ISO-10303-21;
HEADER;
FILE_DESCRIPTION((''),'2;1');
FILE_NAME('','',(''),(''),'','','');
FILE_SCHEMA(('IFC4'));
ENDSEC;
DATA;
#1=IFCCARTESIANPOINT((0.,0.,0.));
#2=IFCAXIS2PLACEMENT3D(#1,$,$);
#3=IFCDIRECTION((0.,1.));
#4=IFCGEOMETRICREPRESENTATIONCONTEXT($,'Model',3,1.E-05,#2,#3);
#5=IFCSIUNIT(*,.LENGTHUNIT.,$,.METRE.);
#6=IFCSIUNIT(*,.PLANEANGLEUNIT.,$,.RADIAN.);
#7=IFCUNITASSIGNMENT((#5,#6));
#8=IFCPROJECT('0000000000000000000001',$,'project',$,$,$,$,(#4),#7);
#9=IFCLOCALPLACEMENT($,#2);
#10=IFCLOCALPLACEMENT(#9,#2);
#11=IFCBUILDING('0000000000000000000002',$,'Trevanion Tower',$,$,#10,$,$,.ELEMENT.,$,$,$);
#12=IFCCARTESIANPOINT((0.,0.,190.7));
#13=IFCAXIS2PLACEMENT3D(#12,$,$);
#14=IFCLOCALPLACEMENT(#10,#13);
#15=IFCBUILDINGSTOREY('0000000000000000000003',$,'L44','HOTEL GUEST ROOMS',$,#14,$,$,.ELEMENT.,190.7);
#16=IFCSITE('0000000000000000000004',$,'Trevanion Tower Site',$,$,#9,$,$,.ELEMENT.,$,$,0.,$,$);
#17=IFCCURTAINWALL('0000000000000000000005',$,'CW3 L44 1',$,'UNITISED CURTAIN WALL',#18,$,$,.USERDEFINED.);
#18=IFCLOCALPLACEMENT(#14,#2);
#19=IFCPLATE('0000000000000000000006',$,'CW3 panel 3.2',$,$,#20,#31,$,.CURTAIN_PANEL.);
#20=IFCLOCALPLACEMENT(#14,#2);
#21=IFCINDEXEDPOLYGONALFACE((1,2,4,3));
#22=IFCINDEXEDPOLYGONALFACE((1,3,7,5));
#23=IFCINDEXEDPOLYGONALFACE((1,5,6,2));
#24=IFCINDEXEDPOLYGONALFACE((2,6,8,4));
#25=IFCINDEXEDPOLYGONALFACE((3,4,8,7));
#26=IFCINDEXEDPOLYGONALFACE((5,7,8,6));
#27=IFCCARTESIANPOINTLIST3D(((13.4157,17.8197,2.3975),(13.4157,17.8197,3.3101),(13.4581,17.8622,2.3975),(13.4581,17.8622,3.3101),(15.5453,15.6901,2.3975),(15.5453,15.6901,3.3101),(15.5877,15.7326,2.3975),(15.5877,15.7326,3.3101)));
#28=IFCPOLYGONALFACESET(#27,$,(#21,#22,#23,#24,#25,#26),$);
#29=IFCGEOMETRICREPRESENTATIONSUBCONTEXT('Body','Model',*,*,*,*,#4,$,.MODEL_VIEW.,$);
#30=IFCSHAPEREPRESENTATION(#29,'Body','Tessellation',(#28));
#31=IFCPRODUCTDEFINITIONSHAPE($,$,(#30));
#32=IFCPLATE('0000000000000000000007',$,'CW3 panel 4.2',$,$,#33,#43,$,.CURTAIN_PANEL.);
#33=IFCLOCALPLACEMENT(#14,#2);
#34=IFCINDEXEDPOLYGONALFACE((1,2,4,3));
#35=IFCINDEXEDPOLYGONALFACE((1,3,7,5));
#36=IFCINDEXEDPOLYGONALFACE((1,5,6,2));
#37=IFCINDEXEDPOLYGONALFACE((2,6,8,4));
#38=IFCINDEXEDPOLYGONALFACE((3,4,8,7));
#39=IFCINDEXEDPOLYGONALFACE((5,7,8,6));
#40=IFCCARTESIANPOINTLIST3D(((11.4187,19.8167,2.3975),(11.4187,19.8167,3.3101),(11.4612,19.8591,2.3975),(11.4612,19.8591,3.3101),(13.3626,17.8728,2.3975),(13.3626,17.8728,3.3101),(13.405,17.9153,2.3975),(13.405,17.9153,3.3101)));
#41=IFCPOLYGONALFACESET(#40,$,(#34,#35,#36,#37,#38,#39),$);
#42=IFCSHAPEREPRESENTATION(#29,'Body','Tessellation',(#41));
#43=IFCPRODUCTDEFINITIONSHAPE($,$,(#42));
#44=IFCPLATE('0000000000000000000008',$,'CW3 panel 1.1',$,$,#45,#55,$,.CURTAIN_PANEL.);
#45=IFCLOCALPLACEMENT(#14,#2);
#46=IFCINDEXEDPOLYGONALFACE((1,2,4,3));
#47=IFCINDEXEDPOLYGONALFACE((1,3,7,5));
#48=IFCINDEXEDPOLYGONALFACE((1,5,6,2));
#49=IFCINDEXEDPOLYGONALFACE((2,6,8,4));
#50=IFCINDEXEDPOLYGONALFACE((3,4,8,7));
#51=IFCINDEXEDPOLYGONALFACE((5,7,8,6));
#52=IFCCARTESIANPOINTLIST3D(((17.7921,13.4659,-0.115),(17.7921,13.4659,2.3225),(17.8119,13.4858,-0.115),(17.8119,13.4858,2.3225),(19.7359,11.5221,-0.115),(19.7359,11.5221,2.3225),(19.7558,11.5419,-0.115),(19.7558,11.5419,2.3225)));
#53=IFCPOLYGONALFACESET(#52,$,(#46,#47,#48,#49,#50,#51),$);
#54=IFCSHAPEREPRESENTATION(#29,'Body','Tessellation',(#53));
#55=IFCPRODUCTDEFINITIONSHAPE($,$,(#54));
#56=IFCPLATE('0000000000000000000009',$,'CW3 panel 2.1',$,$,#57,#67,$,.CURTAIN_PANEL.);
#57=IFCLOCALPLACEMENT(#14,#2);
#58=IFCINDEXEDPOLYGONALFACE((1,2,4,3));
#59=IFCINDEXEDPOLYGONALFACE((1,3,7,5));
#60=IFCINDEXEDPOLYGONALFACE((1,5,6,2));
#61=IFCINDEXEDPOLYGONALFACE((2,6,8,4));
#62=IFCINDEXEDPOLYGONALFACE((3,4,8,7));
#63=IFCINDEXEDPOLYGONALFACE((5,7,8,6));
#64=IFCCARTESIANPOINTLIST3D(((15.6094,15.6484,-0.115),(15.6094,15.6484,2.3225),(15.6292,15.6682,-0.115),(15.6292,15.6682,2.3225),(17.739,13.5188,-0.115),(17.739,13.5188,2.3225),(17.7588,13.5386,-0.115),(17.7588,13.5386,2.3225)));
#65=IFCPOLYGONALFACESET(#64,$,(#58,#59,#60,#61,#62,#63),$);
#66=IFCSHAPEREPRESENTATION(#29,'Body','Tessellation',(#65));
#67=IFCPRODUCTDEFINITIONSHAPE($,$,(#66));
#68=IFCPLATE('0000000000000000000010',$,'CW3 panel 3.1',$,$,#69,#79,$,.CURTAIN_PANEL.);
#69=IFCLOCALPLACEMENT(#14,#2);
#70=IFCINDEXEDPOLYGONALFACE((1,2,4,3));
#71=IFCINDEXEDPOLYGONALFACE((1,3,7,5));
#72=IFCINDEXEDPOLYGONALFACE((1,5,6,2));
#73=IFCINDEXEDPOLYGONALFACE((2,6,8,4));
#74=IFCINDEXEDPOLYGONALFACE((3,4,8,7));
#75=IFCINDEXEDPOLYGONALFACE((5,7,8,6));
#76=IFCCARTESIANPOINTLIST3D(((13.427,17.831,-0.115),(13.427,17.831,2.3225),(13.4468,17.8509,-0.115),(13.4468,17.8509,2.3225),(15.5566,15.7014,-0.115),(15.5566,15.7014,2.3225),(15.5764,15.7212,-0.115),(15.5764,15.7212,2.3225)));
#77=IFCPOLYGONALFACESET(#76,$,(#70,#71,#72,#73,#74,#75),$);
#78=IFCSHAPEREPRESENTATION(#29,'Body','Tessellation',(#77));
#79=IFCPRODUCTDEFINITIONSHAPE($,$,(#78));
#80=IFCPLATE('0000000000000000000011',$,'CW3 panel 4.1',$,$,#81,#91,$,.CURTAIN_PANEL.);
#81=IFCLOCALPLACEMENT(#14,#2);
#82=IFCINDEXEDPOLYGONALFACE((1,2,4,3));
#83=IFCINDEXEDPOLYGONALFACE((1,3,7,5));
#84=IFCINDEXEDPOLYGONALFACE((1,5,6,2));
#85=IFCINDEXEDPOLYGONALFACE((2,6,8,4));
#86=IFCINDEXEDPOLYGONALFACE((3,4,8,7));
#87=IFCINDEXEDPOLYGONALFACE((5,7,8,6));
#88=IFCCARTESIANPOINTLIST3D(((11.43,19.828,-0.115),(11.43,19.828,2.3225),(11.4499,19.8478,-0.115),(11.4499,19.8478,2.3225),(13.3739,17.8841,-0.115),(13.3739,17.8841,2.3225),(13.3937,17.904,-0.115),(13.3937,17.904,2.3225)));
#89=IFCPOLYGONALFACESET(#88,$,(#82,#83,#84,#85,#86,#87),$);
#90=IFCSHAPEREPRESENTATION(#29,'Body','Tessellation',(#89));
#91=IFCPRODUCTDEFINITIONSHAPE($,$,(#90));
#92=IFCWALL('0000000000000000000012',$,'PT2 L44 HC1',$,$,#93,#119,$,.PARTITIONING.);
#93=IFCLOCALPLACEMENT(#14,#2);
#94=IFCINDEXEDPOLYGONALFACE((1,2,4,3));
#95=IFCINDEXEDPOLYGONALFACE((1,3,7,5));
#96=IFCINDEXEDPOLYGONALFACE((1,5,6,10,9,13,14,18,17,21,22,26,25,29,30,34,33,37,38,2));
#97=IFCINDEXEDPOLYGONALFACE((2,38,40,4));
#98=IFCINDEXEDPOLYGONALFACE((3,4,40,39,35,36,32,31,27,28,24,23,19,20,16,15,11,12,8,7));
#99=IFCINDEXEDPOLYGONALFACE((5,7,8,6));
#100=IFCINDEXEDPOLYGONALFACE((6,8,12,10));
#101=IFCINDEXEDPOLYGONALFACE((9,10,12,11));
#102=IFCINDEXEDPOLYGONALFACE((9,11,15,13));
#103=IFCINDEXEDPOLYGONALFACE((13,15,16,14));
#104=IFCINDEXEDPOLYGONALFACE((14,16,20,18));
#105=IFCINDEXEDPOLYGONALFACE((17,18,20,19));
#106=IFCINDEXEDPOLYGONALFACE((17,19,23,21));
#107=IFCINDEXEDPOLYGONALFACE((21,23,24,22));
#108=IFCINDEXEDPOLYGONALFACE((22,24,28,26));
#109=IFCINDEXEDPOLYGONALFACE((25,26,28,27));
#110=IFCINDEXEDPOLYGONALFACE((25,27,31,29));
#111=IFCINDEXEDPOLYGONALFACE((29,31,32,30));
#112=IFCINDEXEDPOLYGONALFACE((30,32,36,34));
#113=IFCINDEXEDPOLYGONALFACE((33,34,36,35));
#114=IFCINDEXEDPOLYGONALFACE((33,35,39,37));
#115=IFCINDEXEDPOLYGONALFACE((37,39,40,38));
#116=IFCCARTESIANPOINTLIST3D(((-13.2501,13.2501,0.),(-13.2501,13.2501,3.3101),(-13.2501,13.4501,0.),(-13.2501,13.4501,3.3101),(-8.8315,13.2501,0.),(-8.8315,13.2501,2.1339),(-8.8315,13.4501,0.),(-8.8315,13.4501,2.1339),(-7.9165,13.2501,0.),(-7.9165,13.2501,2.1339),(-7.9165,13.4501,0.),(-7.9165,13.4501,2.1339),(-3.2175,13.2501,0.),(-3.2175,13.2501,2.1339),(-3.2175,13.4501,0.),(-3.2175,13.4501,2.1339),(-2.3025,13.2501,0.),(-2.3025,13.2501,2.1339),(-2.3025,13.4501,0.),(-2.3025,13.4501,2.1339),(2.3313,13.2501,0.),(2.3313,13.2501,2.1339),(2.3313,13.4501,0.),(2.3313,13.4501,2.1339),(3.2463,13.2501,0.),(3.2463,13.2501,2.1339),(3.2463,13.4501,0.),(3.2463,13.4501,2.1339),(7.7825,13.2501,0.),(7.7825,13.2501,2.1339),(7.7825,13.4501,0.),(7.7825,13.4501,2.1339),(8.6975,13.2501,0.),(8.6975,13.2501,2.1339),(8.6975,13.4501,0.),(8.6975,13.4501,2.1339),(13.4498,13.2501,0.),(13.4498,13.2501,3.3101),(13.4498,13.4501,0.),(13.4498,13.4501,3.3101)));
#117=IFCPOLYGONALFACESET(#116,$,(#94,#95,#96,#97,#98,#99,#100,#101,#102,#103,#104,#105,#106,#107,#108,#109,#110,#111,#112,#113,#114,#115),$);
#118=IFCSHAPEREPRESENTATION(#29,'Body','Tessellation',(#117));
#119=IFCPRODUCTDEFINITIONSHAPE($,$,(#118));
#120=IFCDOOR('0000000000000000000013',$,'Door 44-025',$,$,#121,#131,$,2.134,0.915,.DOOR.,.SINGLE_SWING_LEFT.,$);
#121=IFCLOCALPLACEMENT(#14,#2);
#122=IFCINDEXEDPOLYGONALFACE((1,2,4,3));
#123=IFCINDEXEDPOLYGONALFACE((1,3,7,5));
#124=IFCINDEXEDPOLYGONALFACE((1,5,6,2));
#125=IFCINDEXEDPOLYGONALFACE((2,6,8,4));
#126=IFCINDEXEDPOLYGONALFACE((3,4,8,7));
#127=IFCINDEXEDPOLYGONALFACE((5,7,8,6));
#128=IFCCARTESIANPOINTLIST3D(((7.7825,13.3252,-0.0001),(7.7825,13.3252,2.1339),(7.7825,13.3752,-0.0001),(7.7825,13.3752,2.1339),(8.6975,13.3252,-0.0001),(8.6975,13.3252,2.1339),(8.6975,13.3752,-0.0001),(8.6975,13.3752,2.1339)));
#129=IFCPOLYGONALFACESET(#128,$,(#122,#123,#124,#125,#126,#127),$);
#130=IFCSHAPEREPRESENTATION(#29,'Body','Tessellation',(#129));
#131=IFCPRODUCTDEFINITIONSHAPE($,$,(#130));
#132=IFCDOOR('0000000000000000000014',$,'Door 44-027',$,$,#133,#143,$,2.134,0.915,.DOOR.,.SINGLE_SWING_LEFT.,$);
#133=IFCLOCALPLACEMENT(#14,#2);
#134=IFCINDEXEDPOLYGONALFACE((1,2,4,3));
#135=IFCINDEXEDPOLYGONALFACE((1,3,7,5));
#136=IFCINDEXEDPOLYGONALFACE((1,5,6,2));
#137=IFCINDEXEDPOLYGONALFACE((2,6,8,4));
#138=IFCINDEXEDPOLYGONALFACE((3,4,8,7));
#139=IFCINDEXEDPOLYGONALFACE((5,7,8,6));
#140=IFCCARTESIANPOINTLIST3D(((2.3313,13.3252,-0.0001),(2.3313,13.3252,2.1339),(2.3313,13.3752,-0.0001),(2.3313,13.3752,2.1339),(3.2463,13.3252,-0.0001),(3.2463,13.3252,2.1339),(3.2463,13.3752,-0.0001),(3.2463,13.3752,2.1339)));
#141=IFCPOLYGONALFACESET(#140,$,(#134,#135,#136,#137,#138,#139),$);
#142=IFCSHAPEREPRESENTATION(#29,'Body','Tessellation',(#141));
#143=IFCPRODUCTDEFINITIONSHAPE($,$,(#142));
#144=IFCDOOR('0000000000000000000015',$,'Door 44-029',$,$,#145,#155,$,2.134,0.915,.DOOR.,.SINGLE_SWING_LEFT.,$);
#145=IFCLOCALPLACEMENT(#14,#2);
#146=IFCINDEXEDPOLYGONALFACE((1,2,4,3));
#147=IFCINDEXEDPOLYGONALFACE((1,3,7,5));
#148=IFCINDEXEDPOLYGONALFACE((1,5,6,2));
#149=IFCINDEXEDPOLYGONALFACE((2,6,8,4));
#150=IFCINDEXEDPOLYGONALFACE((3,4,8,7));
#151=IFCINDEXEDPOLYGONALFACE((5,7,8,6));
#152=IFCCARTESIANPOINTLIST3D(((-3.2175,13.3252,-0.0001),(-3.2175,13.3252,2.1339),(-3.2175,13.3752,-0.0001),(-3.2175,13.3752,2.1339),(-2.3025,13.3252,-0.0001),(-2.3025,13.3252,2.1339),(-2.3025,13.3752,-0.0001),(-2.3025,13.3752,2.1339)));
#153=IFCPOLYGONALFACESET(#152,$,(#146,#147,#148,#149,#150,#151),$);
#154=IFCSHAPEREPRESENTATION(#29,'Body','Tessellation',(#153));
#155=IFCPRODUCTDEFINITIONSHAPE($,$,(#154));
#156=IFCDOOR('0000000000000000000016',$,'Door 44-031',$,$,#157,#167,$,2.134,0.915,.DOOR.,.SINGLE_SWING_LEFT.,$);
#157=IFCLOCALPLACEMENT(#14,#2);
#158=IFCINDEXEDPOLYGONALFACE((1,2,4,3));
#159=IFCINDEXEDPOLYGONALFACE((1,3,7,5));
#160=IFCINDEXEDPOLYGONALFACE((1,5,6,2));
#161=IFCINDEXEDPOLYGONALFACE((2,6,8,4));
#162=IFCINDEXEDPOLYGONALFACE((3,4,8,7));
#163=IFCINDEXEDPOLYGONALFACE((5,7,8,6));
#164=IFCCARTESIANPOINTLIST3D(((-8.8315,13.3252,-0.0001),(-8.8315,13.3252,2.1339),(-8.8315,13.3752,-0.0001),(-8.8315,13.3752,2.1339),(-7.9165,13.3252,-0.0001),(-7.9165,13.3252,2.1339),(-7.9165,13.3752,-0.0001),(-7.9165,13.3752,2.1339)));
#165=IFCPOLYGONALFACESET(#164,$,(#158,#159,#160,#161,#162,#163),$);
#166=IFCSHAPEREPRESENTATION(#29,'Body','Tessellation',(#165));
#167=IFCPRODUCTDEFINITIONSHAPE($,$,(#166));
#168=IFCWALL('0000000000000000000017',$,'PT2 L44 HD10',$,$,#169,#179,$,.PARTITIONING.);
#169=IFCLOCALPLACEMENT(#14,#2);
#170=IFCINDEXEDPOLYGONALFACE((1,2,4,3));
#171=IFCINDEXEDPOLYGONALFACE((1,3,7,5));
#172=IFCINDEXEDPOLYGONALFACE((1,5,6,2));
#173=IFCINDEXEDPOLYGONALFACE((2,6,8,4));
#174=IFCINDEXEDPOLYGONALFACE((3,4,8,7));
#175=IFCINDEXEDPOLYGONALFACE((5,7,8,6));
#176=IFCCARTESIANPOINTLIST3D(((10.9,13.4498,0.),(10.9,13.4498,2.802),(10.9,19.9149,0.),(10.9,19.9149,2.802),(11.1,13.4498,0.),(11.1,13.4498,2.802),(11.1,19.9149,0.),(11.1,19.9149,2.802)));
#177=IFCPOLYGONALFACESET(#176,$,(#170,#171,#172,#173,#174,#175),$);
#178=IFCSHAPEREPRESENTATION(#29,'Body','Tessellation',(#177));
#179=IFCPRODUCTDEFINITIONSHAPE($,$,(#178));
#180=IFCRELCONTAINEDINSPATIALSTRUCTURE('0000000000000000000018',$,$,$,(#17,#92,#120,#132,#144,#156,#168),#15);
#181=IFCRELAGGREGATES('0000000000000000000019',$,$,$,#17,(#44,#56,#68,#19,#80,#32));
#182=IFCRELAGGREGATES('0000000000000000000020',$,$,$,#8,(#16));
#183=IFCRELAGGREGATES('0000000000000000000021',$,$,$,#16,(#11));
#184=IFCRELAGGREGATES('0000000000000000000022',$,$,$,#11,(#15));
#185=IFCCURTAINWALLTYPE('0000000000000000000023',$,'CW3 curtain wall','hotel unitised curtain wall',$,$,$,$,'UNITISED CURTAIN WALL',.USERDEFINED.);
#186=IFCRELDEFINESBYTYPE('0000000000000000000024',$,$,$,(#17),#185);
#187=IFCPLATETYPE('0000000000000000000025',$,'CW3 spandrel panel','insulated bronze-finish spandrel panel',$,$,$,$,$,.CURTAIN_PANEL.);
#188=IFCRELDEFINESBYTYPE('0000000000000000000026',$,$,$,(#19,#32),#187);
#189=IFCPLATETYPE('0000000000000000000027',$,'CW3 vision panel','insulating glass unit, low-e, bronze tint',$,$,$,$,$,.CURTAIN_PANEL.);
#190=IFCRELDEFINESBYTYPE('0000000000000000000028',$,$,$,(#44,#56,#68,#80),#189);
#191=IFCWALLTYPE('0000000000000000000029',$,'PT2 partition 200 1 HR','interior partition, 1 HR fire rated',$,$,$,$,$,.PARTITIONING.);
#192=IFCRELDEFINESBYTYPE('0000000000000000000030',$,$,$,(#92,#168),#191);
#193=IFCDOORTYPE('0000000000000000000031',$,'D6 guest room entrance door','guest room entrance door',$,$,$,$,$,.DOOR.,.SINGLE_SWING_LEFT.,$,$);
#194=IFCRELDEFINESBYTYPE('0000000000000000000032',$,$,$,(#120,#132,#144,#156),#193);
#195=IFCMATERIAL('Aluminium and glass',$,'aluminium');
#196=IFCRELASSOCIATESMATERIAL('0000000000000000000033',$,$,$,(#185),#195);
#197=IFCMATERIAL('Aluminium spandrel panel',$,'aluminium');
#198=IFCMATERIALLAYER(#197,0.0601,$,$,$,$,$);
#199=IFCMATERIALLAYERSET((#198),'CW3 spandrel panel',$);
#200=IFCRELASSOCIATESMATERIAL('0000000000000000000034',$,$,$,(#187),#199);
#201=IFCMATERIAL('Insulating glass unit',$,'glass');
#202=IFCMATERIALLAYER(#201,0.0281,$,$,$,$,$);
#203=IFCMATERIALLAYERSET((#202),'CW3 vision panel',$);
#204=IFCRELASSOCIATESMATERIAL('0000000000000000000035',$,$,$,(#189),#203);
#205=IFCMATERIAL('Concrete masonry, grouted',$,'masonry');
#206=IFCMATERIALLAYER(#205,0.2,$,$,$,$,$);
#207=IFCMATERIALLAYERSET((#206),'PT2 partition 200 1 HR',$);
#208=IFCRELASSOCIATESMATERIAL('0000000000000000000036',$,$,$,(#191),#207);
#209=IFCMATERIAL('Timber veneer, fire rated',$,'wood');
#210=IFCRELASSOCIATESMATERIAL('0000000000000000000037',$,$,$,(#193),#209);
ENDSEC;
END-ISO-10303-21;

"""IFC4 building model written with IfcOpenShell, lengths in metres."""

from ifc_helpers import new_model, si_unit, direction, frame, frame_2d, origin, origin_2d, place, context, subcontext, project, spatial, rectangle, extrude, material, layer, layer_set, type_object, element, fill, aggregate, save


model = new_model("IFC4")

# Units and contexts
model_context = context("Model", 3, precision=1e-05, world=origin(), true_north=direction((0.0, 1.0)))
body_context = subcontext(model_context, "Body", "Model", "MODEL_VIEW")
ifc_project = project(units=[si_unit("LENGTHUNIT", "METRE"), si_unit("PLANEANGLEUNIT", "RADIAN")], contexts=[model_context])

# Site, building, storey
site_placement = place(None, origin())
site = spatial("IfcSite", under=ifc_project, at=site_placement, Name="Trevanion Tower Site", CompositionType="ELEMENT", RefElevation=0.0)
building_placement = place(site_placement, origin())
building = spatial("IfcBuilding", under=site, at=building_placement, Name="Trevanion Tower", CompositionType="ELEMENT")
storey_placement = place(building_placement, frame((0.0, 0.0, 190.7)))
storey = spatial("IfcBuildingStorey", under=building, at=storey_placement, Name="L44", Description="HOTEL GUEST ROOMS", CompositionType="ELEMENT", Elevation=190.7)

# Curtain wall
ifc_material_1 = material(Name="Aluminium and glass", Category="aluminium")
curtain_wall_type = type_object("IfcCurtainWallType", Name="CW3 curtain wall", Description="hotel unitised curtain wall", ElementType="UNITISED CURTAIN WALL", PredefinedType="USERDEFINED", material=ifc_material_1)
curtain_wall_1_placement = place(storey_placement, origin())
curtain_wall_1 = element("IfcCurtainWall", 1, at=curtain_wall_1_placement, inside=storey, type_object=curtain_wall_type, Name="CW3 L44 1", ObjectType="UNITISED CURTAIN WALL", PredefinedType="USERDEFINED")

# Plates
ifc_material_2 = material(Name="Aluminium spandrel panel", Category="aluminium")
ifc_layer_1 = layer(ifc_material_2, 0.0601)
ifc_layer_set_1 = layer_set([ifc_layer_1], Name="CW3 spandrel panel")
plate_type_1 = type_object("IfcPlateType", Name="CW3 spandrel panel", Description="insulated bronze-finish spandrel panel", PredefinedType="CURTAIN_PANEL", material=ifc_layer_set_1)
plate_1_placement = place(storey_placement, frame((14.5017, 16.7761, 2.3975), z_axis=(0.0, 0.0, 1.0), x_axis=(-0.707107, 0.707107, 0.0)))
plate_1 = element("IfcPlate", 2, at=plate_1_placement, type_object=plate_type_1, Name="CW3 panel 3.2", PredefinedType="CURTAIN_PANEL", context=body_context, shape_type="SweptSolid", body=[
    extrude(rectangle(XDim=3.0117, YDim=0.0601, at=origin_2d()), origin(), (0.0, 0.0, 1.0), 0.9126),
])
plate_2_placement = place(storey_placement, frame((12.4119, 18.866, 2.3975), z_axis=(0.0, 0.0, 1.0), x_axis=(-0.707107, 0.707107, 0.0)))
plate_2 = element("IfcPlate", 3, at=plate_2_placement, type_object=plate_type_1, Name="CW3 panel 4.2", PredefinedType="CURTAIN_PANEL", context=body_context, shape_type="SweptSolid", body=[
    extrude(rectangle(XDim=2.749, YDim=0.0601, at=origin_2d()), origin(), (0.0, 0.0, 1.0), 0.9126),
])
ifc_material_3 = material(Name="Insulating glass unit", Category="glass")
ifc_layer_2 = layer(ifc_material_3, 0.0281)
ifc_layer_set_2 = layer_set([ifc_layer_2], Name="CW3 vision panel")
plate_type_2 = type_object("IfcPlateType", Name="CW3 vision panel", Description="insulating glass unit, low-e, bronze tint", PredefinedType="CURTAIN_PANEL", material=ifc_layer_set_2)
plate_3_placement = place(storey_placement, frame((18.7739, 12.5039, -0.115), z_axis=(0.0, 0.0, 1.0), x_axis=(-0.707107, 0.707107, 0.0)))
plate_3 = element("IfcPlate", 4, at=plate_3_placement, type_object=plate_type_2, Name="CW3 panel 1.1", PredefinedType="CURTAIN_PANEL", context=body_context, shape_type="SweptSolid", body=[
    extrude(rectangle(XDim=2.749, YDim=0.0281, at=origin_2d()), origin(), (0.0, 0.0, 1.0), 2.4375),
])
plate_4_placement = place(storey_placement, frame((16.6841, 14.5935, -0.115), z_axis=(0.0, 0.0, 1.0), x_axis=(-0.707107, 0.707107, 0.0)))
plate_4 = element("IfcPlate", 5, at=plate_4_placement, type_object=plate_type_2, Name="CW3 panel 2.1", PredefinedType="CURTAIN_PANEL", context=body_context, shape_type="SweptSolid", body=[
    extrude(rectangle(XDim=3.0117, YDim=0.0281, at=origin_2d()), origin(), (0.0, 0.0, 1.0), 2.4375),
])
plate_5_placement = place(storey_placement, frame((14.5017, 16.7761, -0.115), z_axis=(0.0, 0.0, 1.0), x_axis=(-0.707107, 0.707107, 0.0)))
plate_5 = element("IfcPlate", 6, at=plate_5_placement, type_object=plate_type_2, Name="CW3 panel 3.1", PredefinedType="CURTAIN_PANEL", context=body_context, shape_type="SweptSolid", body=[
    extrude(rectangle(XDim=3.0117, YDim=0.0281, at=origin_2d()), origin(), (0.0, 0.0, 1.0), 2.4375),
])
plate_6_placement = place(storey_placement, frame((12.4119, 18.866, -0.115), z_axis=(0.0, 0.0, 1.0), x_axis=(-0.707107, 0.707107, 0.0)))
plate_6 = element("IfcPlate", 7, at=plate_6_placement, type_object=plate_type_2, Name="CW3 panel 4.1", PredefinedType="CURTAIN_PANEL", context=body_context, shape_type="SweptSolid", body=[
    extrude(rectangle(XDim=2.749, YDim=0.0281, at=origin_2d()), origin(), (0.0, 0.0, 1.0), 2.4375),
])
aggregate(curtain_wall_1, [plate_3, plate_4, plate_5, plate_1, plate_6, plate_2])

# Wall, openings, doors
ifc_material_4 = material(Name="Concrete masonry, grouted", Category="masonry")
ifc_layer_3 = layer(ifc_material_4, 0.2)
ifc_layer_set_3 = layer_set([ifc_layer_3], Name="PT2 partition 200 1 HR")
wall_type = type_object("IfcWallType", Name="PT2 partition 200 1 HR", Description="interior partition, 1 HR fire rated", PredefinedType="PARTITIONING", material=ifc_layer_set_3)
wall_1_placement = place(storey_placement, frame((13.45, 13.3501, 0.0), z_axis=(0.0, 0.0, 1.0), x_axis=(-1.0, 0.0, 0.0)))
wall_1 = element("IfcWall", 8, at=wall_1_placement, inside=storey, type_object=wall_type, Name="PT2 L44 HC1", PredefinedType="PARTITIONING", context=body_context, shape_type="SweptSolid", body=[
    extrude(rectangle(XDim=26.7, YDim=0.2, at=frame_2d((13.3501, 0.0))), origin(), (0.0, 0.0, 1.0), 3.3101),
])
opening_1_placement = place(wall_1_placement, frame((4.7524, 0.0, 0.0)))
opening_1 = element("IfcOpeningElement", 9, at=opening_1_placement, cuts=wall_1, PredefinedType="OPENING", context=body_context, shape_type="SweptSolid", body=[
    extrude(rectangle(XDim=0.915, YDim=2.134, at=frame_2d((0.4575, 1.0669))), frame((0.0, 0.1099, 0.0), z_axis=(0.0, -1.0, 0.0), x_axis=(1.0, 0.0, 0.0)), (0.0, 0.0, 1.0), 0.22),
])
opening_2_placement = place(wall_1_placement, frame((10.2036, 0.0, 0.0)))
opening_2 = element("IfcOpeningElement", 10, at=opening_2_placement, cuts=wall_1, PredefinedType="OPENING", context=body_context, shape_type="SweptSolid", body=[
    extrude(rectangle(XDim=0.915, YDim=2.134, at=frame_2d((0.4575, 1.0669))), frame((0.0, 0.1099, 0.0), z_axis=(0.0, -1.0, 0.0), x_axis=(1.0, 0.0, 0.0)), (0.0, 0.0, 1.0), 0.22),
])
opening_3_placement = place(wall_1_placement, frame((15.7524, 0.0, 0.0)))
opening_3 = element("IfcOpeningElement", 11, at=opening_3_placement, cuts=wall_1, PredefinedType="OPENING", context=body_context, shape_type="SweptSolid", body=[
    extrude(rectangle(XDim=0.915, YDim=2.134, at=frame_2d((0.4575, 1.0669))), frame((0.0, 0.1099, 0.0), z_axis=(0.0, -1.0, 0.0), x_axis=(1.0, 0.0, 0.0)), (0.0, 0.0, 1.0), 0.22),
])
opening_4_placement = place(wall_1_placement, frame((21.3665, 0.0, 0.0)))
opening_4 = element("IfcOpeningElement", 12, at=opening_4_placement, cuts=wall_1, PredefinedType="OPENING", context=body_context, shape_type="SweptSolid", body=[
    extrude(rectangle(XDim=0.915, YDim=2.134, at=frame_2d((0.4575, 1.0669))), frame((0.0, 0.1099, 0.0), z_axis=(0.0, -1.0, 0.0), x_axis=(1.0, 0.0, 0.0)), (0.0, 0.0, 1.0), 0.22),
])
ifc_material_5 = material(Name="Timber veneer, fire rated", Category="wood")
door_type = type_object("IfcDoorType", Name="D6 guest room entrance door", Description="guest room entrance door", OperationType="SINGLE_SWING_LEFT", PredefinedType="DOOR", material=ifc_material_5)
door_1_placement = place(opening_1_placement, origin())
door_1 = element("IfcDoor", 13, at=door_1_placement, inside=storey, type_object=door_type, Name="Door 44-025", OperationType="SINGLE_SWING_LEFT", OverallHeight=2.134, OverallWidth=0.915, PredefinedType="DOOR", context=body_context, shape_type="SweptSolid", body=[
    extrude(rectangle(XDim=0.915, YDim=2.134, at=frame_2d((0.4575, 1.0669))), frame((0.0, 0.0249, 0.0), z_axis=(0.0, -1.0, 0.0), x_axis=(1.0, 0.0, 0.0)), (0.0, 0.0, 1.0), 0.05),
])
fill(opening_1, door_1)
door_2_placement = place(opening_2_placement, origin())
door_2 = element("IfcDoor", 14, at=door_2_placement, inside=storey, type_object=door_type, Name="Door 44-027", OperationType="SINGLE_SWING_LEFT", OverallHeight=2.134, OverallWidth=0.915, PredefinedType="DOOR", context=body_context, shape_type="SweptSolid", body=[
    extrude(rectangle(XDim=0.915, YDim=2.134, at=frame_2d((0.4575, 1.0669))), frame((0.0, 0.0249, 0.0), z_axis=(0.0, -1.0, 0.0), x_axis=(1.0, 0.0, 0.0)), (0.0, 0.0, 1.0), 0.05),
])
fill(opening_2, door_2)
door_3_placement = place(opening_3_placement, origin())
door_3 = element("IfcDoor", 15, at=door_3_placement, inside=storey, type_object=door_type, Name="Door 44-029", OperationType="SINGLE_SWING_LEFT", OverallHeight=2.134, OverallWidth=0.915, PredefinedType="DOOR", context=body_context, shape_type="SweptSolid", body=[
    extrude(rectangle(XDim=0.915, YDim=2.134, at=frame_2d((0.4575, 1.0669))), frame((0.0, 0.0249, 0.0), z_axis=(0.0, -1.0, 0.0), x_axis=(1.0, 0.0, 0.0)), (0.0, 0.0, 1.0), 0.05),
])
fill(opening_3, door_3)
door_4_placement = place(opening_4_placement, origin())
door_4 = element("IfcDoor", 16, at=door_4_placement, inside=storey, type_object=door_type, Name="Door 44-031", OperationType="SINGLE_SWING_LEFT", OverallHeight=2.134, OverallWidth=0.915, PredefinedType="DOOR", context=body_context, shape_type="SweptSolid", body=[
    extrude(rectangle(XDim=0.915, YDim=2.134, at=frame_2d((0.4575, 1.0669))), frame((0.0, 0.0249, 0.0), z_axis=(0.0, -1.0, 0.0), x_axis=(1.0, 0.0, 0.0)), (0.0, 0.0, 1.0), 0.05),
])
fill(opening_4, door_4)

# Wall
wall_2_placement = place(storey_placement, frame((11.0, 13.45, 0.0), z_axis=(0.0, 0.0, 1.0), x_axis=(0.0, 1.0, 0.0)))
element("IfcWall", 17, at=wall_2_placement, inside=storey, type_object=wall_type, Name="PT2 L44 HD10", PredefinedType="PARTITIONING", context=body_context, shape_type="SweptSolid", body=[
    extrude(rectangle(XDim=6.4651, YDim=0.2, at=frame_2d((3.2324, 0.0))), origin(), (0.0, 0.0, 1.0), 2.802),
])

save(model, "model.ifc")
